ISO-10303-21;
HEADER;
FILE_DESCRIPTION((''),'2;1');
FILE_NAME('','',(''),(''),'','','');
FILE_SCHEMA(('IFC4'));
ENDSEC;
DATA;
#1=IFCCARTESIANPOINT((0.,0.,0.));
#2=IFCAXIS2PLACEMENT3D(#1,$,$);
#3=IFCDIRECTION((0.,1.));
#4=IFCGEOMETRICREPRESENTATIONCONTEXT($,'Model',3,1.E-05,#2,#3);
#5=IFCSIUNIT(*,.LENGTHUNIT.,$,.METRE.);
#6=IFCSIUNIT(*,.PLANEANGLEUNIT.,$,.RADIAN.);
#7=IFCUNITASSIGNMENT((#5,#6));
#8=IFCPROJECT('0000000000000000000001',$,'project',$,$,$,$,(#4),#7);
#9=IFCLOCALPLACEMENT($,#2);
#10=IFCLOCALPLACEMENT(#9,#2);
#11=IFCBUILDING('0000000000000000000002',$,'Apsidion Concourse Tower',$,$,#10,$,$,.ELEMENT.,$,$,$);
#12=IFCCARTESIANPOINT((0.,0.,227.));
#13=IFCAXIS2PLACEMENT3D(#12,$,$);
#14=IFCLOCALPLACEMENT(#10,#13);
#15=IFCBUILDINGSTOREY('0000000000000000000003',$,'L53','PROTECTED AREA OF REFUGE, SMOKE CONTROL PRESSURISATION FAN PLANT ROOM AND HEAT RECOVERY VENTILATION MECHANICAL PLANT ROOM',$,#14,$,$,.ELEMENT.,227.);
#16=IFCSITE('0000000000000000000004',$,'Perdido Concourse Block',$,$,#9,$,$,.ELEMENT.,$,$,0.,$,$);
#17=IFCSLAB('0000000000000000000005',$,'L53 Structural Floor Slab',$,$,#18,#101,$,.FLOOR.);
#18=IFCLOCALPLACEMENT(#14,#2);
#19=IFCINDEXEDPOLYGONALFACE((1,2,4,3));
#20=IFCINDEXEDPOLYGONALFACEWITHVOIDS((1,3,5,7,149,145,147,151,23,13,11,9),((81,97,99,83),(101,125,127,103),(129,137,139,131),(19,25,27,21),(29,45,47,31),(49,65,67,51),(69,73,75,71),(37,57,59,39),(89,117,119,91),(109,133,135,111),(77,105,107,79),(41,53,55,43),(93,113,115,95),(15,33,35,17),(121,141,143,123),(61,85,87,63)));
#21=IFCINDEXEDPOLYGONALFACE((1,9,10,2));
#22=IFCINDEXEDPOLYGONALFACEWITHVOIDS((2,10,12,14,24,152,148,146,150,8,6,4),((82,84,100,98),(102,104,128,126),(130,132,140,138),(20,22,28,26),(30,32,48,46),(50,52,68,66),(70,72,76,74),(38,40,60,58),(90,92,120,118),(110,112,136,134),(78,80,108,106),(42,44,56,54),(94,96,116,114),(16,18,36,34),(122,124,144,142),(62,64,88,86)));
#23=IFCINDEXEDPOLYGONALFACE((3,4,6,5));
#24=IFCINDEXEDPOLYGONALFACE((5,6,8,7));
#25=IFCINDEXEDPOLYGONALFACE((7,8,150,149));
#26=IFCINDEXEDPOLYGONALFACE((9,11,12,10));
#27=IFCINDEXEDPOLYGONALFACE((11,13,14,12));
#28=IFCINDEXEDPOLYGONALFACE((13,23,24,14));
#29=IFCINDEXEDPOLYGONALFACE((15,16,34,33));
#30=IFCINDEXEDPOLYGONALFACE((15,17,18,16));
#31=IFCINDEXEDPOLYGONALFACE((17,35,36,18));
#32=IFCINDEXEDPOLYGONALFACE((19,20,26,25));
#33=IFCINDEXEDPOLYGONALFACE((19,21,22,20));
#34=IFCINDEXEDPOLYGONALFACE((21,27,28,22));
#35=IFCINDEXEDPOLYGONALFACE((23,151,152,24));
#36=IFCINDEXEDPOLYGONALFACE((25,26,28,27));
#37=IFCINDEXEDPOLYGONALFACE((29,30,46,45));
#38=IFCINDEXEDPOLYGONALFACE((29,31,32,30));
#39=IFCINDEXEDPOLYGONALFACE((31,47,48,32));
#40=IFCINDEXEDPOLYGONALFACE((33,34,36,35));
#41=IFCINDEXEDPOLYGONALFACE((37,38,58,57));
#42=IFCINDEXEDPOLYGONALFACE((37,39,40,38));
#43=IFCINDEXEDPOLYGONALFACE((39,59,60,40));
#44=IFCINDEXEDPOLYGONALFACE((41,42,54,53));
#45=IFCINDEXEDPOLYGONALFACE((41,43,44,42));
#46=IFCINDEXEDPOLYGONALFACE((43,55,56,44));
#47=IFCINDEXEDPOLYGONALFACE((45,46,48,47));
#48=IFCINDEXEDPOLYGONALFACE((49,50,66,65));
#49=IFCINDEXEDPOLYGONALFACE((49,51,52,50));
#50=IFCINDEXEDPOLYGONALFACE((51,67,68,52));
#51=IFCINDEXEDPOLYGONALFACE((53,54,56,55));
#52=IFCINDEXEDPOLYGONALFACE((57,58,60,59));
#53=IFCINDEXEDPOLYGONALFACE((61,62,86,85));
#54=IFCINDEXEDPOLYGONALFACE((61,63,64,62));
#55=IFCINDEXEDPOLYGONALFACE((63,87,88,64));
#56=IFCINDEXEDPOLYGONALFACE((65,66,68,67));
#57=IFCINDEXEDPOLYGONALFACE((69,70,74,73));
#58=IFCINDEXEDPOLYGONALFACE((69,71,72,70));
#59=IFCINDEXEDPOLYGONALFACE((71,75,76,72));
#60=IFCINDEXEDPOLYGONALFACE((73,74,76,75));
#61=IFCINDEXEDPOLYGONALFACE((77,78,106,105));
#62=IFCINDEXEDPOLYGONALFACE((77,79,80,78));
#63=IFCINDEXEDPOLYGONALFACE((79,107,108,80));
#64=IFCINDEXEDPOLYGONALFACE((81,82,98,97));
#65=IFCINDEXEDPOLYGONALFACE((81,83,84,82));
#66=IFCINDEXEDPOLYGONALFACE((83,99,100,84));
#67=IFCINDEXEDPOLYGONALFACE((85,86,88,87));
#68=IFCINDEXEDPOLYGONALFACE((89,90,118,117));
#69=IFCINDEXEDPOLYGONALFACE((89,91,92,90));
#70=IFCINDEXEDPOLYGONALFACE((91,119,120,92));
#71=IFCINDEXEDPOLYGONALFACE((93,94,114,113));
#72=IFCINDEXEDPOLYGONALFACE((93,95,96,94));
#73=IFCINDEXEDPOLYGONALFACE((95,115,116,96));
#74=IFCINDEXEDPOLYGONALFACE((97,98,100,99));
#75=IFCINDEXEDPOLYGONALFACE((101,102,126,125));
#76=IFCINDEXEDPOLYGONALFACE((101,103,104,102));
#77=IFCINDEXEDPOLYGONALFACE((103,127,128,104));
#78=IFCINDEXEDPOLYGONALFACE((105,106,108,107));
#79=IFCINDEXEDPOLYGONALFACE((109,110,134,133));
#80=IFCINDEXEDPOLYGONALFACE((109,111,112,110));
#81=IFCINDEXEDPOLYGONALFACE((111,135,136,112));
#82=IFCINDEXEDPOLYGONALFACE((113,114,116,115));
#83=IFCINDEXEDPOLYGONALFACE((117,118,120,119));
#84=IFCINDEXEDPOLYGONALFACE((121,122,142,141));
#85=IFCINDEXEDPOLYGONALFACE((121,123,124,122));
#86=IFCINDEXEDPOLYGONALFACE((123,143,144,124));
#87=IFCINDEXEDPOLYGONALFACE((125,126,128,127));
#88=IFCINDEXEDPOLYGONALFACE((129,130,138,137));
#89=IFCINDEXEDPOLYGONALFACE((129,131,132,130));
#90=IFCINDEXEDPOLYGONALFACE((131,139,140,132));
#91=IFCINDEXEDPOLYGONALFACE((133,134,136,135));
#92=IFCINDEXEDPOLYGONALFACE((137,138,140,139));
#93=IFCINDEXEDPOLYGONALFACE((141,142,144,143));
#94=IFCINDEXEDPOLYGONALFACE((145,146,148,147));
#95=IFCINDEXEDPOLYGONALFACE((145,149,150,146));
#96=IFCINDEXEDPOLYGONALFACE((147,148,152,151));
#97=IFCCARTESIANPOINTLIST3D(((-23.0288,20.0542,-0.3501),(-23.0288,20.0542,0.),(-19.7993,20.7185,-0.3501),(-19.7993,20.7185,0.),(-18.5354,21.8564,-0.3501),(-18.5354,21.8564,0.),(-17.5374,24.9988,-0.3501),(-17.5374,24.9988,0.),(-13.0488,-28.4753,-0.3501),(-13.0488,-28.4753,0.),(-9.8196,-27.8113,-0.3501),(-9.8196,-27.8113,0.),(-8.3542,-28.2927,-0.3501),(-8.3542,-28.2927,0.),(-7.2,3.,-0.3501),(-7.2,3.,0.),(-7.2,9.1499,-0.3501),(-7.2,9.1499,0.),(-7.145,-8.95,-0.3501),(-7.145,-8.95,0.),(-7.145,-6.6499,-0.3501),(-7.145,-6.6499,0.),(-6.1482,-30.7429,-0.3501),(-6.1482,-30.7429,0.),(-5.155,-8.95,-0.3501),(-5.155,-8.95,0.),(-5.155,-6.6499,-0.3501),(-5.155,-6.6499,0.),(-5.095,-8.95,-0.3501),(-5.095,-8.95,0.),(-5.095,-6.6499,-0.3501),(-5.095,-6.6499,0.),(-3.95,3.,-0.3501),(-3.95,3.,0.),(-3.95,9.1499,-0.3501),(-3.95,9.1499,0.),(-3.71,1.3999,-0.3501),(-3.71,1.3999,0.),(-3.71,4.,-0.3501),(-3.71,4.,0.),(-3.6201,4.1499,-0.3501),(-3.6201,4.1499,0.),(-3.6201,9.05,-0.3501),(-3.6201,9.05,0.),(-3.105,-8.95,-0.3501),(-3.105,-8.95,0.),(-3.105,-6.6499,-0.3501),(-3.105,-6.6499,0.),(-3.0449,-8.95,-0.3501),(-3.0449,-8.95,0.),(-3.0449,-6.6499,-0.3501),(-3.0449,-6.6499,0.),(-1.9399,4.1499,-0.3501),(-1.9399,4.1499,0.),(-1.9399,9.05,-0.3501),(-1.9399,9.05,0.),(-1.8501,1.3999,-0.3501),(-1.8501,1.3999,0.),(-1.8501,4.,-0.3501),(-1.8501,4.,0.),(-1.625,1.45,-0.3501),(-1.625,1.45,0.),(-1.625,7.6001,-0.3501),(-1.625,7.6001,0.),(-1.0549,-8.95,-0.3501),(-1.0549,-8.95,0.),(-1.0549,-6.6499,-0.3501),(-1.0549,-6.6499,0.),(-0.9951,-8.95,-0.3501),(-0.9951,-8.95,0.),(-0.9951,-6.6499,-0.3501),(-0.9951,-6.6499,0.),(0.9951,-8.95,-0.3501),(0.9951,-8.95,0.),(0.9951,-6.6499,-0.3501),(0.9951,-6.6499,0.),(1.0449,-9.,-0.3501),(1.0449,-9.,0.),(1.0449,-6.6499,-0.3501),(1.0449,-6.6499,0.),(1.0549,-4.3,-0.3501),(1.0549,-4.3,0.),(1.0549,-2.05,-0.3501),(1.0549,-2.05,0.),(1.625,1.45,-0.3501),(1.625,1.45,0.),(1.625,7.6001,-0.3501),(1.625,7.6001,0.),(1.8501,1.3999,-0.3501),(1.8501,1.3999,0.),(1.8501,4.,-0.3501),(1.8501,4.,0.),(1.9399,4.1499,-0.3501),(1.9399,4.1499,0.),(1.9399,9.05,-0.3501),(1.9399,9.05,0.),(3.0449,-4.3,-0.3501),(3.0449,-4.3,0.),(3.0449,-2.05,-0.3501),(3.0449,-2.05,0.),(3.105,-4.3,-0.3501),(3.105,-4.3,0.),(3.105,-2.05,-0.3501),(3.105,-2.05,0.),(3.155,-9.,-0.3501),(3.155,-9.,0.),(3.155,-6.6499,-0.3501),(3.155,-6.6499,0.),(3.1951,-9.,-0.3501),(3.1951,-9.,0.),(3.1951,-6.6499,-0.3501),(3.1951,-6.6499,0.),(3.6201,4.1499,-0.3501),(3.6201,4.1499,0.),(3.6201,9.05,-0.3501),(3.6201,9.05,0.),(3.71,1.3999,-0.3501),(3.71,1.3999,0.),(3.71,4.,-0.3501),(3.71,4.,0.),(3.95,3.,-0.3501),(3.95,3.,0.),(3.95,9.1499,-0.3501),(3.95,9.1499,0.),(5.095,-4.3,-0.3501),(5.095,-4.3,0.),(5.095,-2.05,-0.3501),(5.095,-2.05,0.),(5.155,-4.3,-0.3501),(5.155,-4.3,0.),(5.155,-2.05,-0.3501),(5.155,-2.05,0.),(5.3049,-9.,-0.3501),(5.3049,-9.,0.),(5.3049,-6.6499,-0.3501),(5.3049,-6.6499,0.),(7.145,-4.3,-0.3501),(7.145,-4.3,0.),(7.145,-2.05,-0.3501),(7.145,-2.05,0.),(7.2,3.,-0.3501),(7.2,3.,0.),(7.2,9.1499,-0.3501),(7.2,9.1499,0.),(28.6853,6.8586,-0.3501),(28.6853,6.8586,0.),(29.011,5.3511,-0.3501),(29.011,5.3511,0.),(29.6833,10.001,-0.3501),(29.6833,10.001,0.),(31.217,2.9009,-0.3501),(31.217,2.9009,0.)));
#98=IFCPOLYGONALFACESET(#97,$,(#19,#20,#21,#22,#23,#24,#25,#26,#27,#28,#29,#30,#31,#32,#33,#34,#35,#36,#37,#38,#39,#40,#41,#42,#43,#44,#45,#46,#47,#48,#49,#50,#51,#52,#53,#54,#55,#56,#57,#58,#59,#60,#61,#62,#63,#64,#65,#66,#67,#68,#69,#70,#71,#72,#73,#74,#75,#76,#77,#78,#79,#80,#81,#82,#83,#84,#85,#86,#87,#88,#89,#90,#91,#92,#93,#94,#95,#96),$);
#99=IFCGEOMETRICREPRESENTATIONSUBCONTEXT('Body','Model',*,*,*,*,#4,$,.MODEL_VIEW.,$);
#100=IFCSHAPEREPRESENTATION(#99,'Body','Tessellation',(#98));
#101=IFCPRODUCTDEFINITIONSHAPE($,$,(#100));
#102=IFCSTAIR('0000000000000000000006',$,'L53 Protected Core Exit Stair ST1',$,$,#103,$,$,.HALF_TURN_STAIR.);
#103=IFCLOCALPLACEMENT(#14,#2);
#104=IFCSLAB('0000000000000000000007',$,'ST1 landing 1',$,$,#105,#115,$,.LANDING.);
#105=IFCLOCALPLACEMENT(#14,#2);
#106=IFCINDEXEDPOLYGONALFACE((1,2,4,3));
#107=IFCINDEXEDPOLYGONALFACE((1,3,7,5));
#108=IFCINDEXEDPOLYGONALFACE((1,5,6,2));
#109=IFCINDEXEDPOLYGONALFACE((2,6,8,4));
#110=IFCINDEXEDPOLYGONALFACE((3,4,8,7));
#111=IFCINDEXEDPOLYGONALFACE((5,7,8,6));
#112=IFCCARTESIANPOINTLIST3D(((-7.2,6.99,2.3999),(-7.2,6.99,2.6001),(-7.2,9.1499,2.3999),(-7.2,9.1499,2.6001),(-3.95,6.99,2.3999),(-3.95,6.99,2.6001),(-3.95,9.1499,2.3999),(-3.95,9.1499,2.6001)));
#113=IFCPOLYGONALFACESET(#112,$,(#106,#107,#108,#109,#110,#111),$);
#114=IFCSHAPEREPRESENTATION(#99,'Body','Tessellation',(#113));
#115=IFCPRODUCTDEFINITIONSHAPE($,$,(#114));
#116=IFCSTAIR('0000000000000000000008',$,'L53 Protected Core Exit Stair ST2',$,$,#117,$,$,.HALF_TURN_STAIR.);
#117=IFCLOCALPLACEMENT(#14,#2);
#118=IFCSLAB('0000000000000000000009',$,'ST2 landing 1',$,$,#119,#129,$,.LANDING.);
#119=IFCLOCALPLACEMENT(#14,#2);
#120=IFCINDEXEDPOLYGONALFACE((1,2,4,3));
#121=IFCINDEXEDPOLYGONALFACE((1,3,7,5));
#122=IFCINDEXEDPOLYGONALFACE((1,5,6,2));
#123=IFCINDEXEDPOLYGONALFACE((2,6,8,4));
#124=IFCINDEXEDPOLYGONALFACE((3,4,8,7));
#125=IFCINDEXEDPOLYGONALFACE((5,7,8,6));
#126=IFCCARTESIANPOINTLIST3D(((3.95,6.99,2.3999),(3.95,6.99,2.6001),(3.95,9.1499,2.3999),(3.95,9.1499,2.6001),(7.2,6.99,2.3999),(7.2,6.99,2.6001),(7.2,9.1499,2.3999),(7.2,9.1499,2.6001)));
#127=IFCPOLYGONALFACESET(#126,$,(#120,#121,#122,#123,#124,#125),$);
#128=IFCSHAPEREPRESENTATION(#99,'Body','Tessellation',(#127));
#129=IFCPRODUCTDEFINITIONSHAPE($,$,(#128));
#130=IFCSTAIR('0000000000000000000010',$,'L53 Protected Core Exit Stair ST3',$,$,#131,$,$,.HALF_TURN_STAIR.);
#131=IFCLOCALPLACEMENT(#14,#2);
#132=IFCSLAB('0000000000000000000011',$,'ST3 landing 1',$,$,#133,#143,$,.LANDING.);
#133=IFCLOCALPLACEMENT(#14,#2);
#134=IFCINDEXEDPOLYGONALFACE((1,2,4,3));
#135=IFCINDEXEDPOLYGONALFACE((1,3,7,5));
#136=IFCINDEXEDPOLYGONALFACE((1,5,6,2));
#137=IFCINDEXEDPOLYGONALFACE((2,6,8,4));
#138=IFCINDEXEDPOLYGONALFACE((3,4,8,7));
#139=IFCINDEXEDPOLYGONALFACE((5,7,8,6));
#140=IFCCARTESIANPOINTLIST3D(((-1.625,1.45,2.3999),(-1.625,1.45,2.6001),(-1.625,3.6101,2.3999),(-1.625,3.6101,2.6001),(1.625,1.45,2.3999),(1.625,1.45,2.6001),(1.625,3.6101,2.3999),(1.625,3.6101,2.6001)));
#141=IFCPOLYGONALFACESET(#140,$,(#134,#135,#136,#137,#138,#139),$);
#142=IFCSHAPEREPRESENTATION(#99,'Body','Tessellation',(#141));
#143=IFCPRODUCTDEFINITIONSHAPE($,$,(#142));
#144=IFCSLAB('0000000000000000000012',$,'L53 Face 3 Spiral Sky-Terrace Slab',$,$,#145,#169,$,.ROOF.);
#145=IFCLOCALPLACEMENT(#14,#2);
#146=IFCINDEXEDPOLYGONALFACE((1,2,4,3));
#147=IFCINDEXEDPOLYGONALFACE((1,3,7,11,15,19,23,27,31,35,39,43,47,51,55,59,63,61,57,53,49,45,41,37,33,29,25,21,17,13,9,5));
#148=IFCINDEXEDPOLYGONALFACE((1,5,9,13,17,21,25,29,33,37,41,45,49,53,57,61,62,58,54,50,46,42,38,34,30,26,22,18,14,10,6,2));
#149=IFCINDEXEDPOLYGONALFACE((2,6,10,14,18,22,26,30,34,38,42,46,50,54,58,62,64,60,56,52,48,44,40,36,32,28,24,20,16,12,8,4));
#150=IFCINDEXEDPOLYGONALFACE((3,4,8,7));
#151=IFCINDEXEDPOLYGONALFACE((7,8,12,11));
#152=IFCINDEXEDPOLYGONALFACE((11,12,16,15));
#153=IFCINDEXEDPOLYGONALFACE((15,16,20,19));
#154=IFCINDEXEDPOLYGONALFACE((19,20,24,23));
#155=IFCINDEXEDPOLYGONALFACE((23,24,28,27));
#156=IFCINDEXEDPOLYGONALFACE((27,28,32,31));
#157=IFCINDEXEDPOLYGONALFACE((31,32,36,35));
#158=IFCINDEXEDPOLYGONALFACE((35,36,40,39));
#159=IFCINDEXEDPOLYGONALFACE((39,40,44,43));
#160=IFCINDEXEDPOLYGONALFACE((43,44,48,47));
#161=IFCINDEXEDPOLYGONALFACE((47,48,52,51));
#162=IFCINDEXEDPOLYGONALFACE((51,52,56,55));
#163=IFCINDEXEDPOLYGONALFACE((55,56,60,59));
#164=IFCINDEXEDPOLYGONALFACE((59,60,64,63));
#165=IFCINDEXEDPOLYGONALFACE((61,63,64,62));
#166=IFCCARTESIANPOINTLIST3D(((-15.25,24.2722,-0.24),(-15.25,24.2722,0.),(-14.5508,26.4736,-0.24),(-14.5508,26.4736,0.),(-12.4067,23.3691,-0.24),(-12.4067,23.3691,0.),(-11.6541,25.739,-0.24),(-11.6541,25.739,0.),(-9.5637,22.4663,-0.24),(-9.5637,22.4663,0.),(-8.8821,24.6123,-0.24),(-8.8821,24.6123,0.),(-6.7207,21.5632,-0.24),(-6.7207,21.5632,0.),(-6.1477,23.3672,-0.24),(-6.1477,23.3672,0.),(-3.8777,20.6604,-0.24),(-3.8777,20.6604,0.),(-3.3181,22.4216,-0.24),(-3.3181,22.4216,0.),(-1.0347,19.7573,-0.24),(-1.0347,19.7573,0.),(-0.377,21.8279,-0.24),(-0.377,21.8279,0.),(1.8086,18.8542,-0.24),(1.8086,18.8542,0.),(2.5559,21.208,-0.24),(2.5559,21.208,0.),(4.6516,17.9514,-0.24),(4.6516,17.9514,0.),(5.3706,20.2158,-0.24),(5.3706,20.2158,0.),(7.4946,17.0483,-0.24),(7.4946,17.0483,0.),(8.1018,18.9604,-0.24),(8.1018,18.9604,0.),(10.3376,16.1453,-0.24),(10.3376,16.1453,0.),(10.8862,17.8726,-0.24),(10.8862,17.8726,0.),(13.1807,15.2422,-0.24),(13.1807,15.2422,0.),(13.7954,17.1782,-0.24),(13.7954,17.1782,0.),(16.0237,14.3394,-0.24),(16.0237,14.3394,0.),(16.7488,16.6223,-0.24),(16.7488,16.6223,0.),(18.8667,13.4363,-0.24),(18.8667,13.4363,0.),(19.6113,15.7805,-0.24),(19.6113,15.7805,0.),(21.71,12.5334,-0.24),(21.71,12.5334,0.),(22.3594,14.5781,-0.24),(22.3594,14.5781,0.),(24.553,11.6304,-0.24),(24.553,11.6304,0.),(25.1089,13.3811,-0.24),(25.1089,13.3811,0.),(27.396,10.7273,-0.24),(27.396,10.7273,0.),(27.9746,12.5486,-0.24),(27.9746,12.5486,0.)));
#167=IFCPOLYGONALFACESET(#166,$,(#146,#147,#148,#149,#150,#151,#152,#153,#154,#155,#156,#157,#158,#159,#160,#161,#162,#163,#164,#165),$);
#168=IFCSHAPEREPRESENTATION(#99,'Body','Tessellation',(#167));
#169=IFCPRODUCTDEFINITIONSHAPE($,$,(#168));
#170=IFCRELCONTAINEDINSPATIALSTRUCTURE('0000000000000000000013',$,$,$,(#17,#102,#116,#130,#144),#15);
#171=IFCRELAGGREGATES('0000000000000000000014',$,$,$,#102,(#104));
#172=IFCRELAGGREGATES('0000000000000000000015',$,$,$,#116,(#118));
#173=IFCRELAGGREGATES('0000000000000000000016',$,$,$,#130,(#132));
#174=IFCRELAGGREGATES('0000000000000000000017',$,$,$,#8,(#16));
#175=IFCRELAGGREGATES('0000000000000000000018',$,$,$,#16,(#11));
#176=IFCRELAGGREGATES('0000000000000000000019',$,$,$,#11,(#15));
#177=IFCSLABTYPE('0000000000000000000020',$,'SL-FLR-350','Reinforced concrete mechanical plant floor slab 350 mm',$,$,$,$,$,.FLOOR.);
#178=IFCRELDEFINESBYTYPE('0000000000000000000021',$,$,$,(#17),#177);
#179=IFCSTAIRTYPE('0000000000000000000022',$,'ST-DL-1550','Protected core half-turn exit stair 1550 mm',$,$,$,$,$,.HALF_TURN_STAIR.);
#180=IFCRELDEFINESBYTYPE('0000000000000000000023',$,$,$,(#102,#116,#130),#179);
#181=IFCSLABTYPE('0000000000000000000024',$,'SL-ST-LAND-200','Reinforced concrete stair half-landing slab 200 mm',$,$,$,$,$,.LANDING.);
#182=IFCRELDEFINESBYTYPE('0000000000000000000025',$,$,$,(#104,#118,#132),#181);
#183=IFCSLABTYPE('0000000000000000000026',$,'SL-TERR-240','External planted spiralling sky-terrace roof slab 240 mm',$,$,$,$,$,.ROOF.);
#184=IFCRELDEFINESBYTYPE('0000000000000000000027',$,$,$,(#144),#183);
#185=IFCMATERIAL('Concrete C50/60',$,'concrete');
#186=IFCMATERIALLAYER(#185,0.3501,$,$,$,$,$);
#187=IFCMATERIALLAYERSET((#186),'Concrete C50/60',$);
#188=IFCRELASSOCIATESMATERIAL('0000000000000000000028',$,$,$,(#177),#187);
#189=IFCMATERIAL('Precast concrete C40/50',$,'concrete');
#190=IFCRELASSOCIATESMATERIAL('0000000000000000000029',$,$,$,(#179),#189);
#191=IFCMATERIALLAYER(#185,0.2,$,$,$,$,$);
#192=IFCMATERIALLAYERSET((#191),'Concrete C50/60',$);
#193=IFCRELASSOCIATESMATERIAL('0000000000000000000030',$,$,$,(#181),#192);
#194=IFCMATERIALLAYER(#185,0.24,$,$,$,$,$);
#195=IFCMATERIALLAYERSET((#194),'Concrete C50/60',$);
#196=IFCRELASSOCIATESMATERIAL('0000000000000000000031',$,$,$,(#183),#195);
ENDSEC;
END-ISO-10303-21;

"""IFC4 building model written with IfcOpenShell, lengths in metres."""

from ifc_helpers import new_model, si_unit, direction, frame, origin, place, context, subcontext, project, spatial, polyline, outline, extrude, material, layer, layer_set, type_object, element, aggregate, save


model = new_model("IFC4")

# Units and contexts
model_context = context("Model", 3, precision=1e-05, world=origin(), true_north=direction((0.0, 1.0)))
body_context = subcontext(model_context, "Body", "Model", "MODEL_VIEW")
ifc_project = project(units=[si_unit("LENGTHUNIT", "METRE"), si_unit("PLANEANGLEUNIT", "RADIAN")], contexts=[model_context])

# Site, building, storey
site_placement = place(None, origin())
site = spatial("IfcSite", under=ifc_project, at=site_placement, Name="Perdido Concourse Block", CompositionType="ELEMENT", RefElevation=0.0)
building_placement = place(site_placement, origin())
building = spatial("IfcBuilding", under=site, at=building_placement, Name="Apsidion Concourse Tower", CompositionType="ELEMENT")
storey_placement = place(building_placement, frame((0.0, 0.0, 227.0)))
storey = spatial("IfcBuildingStorey", under=building, at=storey_placement, Name="L53", Description="PROTECTED AREA OF REFUGE, SMOKE CONTROL PRESSURISATION FAN PLANT ROOM AND HEAT RECOVERY VENTILATION MECHANICAL PLANT ROOM", CompositionType="ELEMENT", Elevation=227.0)

# Shared definitions
ifc_material_1 = material(Name="Concrete C50/60", Category="concrete")

# Slab
ifc_layer_1 = layer(ifc_material_1, 0.3501)
ifc_layer_set_1 = layer_set([ifc_layer_1], Name="Concrete C50/60")
slab_type_1 = type_object("IfcSlabType", Name="SL-FLR-350", Description="Reinforced concrete mechanical plant floor slab 350 mm", PredefinedType="FLOOR", material=ifc_layer_set_1)
slab_1_placement = place(storey_placement, frame((0.0, 0.0, -0.3501)))
element("IfcSlab", 1, at=slab_1_placement, inside=storey, type_object=slab_type_1, Name="L53 Structural Floor Slab", PredefinedType="FLOOR", context=body_context, shape_type="SweptSolid", body=[
    extrude(outline(polyline([(-17.5374, 24.9988), (-18.5354, 21.8564), (-19.7993, 20.7185), (-23.0288, 20.0542), (-13.0488, -28.4753), (-9.8196, -27.8113), (-8.3542, -28.2927), (-6.1482, -30.7429), (31.217, 2.9009), (29.011, 5.3511), (28.6853, 6.8586), (29.6833, 10.001), (-17.5374, 24.9988)]), holes=[polyline([(-3.95, 3.0), (-3.95, 9.1499), (-7.2, 9.1499), (-7.2, 3.0), (-3.95, 3.0)]), polyline([(7.2, 3.0), (7.2, 9.1499), (3.95, 9.1499), (3.95, 3.0), (7.2, 3.0)]), polyline([(-1.625, 7.6001), (-1.625, 1.45), (1.625, 1.45), (1.625, 7.6001), (-1.625, 7.6001)]), polyline([(1.0549, -4.3), (3.0449, -4.3), (3.0449, -2.05), (1.0549, -2.05), (1.0549, -4.3)]), polyline([(3.105, -4.3), (5.095, -4.3), (5.095, -2.05), (3.105, -2.05), (3.105, -4.3)]), polyline([(5.155, -4.3), (7.145, -4.3), (7.145, -2.05), (5.155, -2.05), (5.155, -4.3)]), polyline([(-7.145, -8.95), (-5.155, -8.95), (-5.155, -6.6499), (-7.145, -6.6499), (-7.145, -8.95)]), polyline([(-5.095, -8.95), (-3.105, -8.95), (-3.105, -6.6499), (-5.095, -6.6499), (-5.095, -8.95)]), polyline([(-3.0449, -8.95), (-1.0549, -8.95), (-1.0549, -6.6499), (-3.0449, -6.6499), (-3.0449, -8.95)]), polyline([(-0.9951, -8.95), (0.9951, -8.95), (0.9951, -6.6499), (-0.9951, -6.6499), (-0.9951, -8.95)]), polyline([(1.0449, -9.0), (3.155, -9.0), (3.155, -6.6499), (1.0449, -6.6499), (1.0449, -9.0)]), polyline([(3.1951, -9.0), (5.3049, -9.0), (5.3049, -6.6499), (3.1951, -6.6499), (3.1951, -9.0)]), polyline([(-3.71, 1.3999), (-1.8501, 1.3999), (-1.8501, 4.0), (-3.71, 4.0), (-3.71, 1.3999)]), polyline([(1.8501, 1.3999), (3.71, 1.3999), (3.71, 4.0), (1.8501, 4.0), (1.8501, 1.3999)]), polyline([(-3.6201, 4.1499), (-1.9399, 4.1499), (-1.9399, 9.05), (-3.6201, 9.05), (-3.6201, 4.1499)]), polyline([(1.9399, 4.1499), (3.6201, 4.1499), (3.6201, 9.05), (1.9399, 9.05), (1.9399, 4.1499)])]), origin(), (0.0, 0.0, 1.0), 0.3501),
])

# Stairs, slabs
ifc_material_2 = material(Name="Precast concrete C40/50", Category="concrete")
stair_type = type_object("IfcStairType", Name="ST-DL-1550", Description="Protected core half-turn exit stair 1550 mm", PredefinedType="HALF_TURN_STAIR", material=ifc_material_2)
stair_1_placement = place(storey_placement, origin())
stair_1 = element("IfcStair", 2, at=stair_1_placement, inside=storey, type_object=stair_type, Name="L53 Protected Core Exit Stair ST1", PredefinedType="HALF_TURN_STAIR")
ifc_layer_2 = layer(ifc_material_1, 0.2)
ifc_layer_set_2 = layer_set([ifc_layer_2], Name="Concrete C50/60")
slab_type_2 = type_object("IfcSlabType", Name="SL-ST-LAND-200", Description="Reinforced concrete stair half-landing slab 200 mm", PredefinedType="LANDING", material=ifc_layer_set_2)
slab_2_placement = place(storey_placement, frame((0.0, 0.0, 2.3999)))
slab_2 = element("IfcSlab", 3, at=slab_2_placement, type_object=slab_type_2, Name="ST1 landing 1", PredefinedType="LANDING", context=body_context, shape_type="SweptSolid", body=[
    extrude(outline(polyline([(-3.95, 6.99), (-3.95, 9.1499), (-7.2, 9.1499), (-7.2, 6.99), (-3.95, 6.99)])), origin(), (0.0, 0.0, 1.0), 0.2002),
])
aggregate(stair_1, [slab_2])
stair_2_placement = place(storey_placement, origin())
stair_2 = element("IfcStair", 4, at=stair_2_placement, inside=storey, type_object=stair_type, Name="L53 Protected Core Exit Stair ST2", PredefinedType="HALF_TURN_STAIR")
slab_3_placement = place(storey_placement, frame((0.0, 0.0, 2.3999)))
slab_3 = element("IfcSlab", 5, at=slab_3_placement, type_object=slab_type_2, Name="ST2 landing 1", PredefinedType="LANDING", context=body_context, shape_type="SweptSolid", body=[
    extrude(outline(polyline([(7.2, 6.99), (7.2, 9.1499), (3.95, 9.1499), (3.95, 6.99), (7.2, 6.99)])), origin(), (0.0, 0.0, 1.0), 0.2002),
])
aggregate(stair_2, [slab_3])
stair_3_placement = place(storey_placement, origin())
stair_3 = element("IfcStair", 6, at=stair_3_placement, inside=storey, type_object=stair_type, Name="L53 Protected Core Exit Stair ST3", PredefinedType="HALF_TURN_STAIR")
slab_4_placement = place(storey_placement, frame((0.0, 0.0, 2.3999)))
slab_4 = element("IfcSlab", 7, at=slab_4_placement, type_object=slab_type_2, Name="ST3 landing 1", PredefinedType="LANDING", context=body_context, shape_type="SweptSolid", body=[
    extrude(outline(polyline([(-1.625, 3.6101), (-1.625, 1.45), (1.625, 1.45), (1.625, 3.6101), (-1.625, 3.6101)])), origin(), (0.0, 0.0, 1.0), 0.2002),
])
aggregate(stair_3, [slab_4])

# Slab
ifc_layer_3 = layer(ifc_material_1, 0.24)
ifc_layer_set_3 = layer_set([ifc_layer_3], Name="Concrete C50/60")
slab_type_3 = type_object("IfcSlabType", Name="SL-TERR-240", Description="External planted spiralling sky-terrace roof slab 240 mm", PredefinedType="ROOF", material=ifc_layer_set_3)
slab_5_placement = place(storey_placement, frame((0.0, 0.0, -0.24)))
element("IfcSlab", 8, at=slab_5_placement, inside=storey, type_object=slab_type_3, Name="L53 Face 3 Spiral Sky-Terrace Slab", PredefinedType="ROOF", context=body_context, shape_type="SweptSolid", body=[
    extrude(outline(polyline([(27.396, 10.7273), (24.553, 11.6304), (21.71, 12.5334), (18.8667, 13.4363), (16.0237, 14.3394), (13.1807, 15.2422), (10.3376, 16.1453), (7.4946, 17.0483), (4.6516, 17.9514), (1.8086, 18.8542), (-1.0347, 19.7573), (-3.8777, 20.6604), (-6.7207, 21.5632), (-9.5637, 22.4663), (-12.4067, 23.3691), (-15.25, 24.2722), (-14.5508, 26.4736), (-11.6541, 25.739), (-8.8821, 24.6123), (-6.1477, 23.3672), (-3.3181, 22.4216), (-0.377, 21.8279), (2.5559, 21.208), (5.3706, 20.2158), (8.1018, 18.9604), (10.8862, 17.8726), (13.7954, 17.1782), (16.7488, 16.6223), (19.6113, 15.7805), (22.3594, 14.5781), (25.1089, 13.3811), (27.9746, 12.5486), (27.396, 10.7273)])), origin(), (0.0, 0.0, 1.0), 0.24),
])

save(model, "model.ifc")
